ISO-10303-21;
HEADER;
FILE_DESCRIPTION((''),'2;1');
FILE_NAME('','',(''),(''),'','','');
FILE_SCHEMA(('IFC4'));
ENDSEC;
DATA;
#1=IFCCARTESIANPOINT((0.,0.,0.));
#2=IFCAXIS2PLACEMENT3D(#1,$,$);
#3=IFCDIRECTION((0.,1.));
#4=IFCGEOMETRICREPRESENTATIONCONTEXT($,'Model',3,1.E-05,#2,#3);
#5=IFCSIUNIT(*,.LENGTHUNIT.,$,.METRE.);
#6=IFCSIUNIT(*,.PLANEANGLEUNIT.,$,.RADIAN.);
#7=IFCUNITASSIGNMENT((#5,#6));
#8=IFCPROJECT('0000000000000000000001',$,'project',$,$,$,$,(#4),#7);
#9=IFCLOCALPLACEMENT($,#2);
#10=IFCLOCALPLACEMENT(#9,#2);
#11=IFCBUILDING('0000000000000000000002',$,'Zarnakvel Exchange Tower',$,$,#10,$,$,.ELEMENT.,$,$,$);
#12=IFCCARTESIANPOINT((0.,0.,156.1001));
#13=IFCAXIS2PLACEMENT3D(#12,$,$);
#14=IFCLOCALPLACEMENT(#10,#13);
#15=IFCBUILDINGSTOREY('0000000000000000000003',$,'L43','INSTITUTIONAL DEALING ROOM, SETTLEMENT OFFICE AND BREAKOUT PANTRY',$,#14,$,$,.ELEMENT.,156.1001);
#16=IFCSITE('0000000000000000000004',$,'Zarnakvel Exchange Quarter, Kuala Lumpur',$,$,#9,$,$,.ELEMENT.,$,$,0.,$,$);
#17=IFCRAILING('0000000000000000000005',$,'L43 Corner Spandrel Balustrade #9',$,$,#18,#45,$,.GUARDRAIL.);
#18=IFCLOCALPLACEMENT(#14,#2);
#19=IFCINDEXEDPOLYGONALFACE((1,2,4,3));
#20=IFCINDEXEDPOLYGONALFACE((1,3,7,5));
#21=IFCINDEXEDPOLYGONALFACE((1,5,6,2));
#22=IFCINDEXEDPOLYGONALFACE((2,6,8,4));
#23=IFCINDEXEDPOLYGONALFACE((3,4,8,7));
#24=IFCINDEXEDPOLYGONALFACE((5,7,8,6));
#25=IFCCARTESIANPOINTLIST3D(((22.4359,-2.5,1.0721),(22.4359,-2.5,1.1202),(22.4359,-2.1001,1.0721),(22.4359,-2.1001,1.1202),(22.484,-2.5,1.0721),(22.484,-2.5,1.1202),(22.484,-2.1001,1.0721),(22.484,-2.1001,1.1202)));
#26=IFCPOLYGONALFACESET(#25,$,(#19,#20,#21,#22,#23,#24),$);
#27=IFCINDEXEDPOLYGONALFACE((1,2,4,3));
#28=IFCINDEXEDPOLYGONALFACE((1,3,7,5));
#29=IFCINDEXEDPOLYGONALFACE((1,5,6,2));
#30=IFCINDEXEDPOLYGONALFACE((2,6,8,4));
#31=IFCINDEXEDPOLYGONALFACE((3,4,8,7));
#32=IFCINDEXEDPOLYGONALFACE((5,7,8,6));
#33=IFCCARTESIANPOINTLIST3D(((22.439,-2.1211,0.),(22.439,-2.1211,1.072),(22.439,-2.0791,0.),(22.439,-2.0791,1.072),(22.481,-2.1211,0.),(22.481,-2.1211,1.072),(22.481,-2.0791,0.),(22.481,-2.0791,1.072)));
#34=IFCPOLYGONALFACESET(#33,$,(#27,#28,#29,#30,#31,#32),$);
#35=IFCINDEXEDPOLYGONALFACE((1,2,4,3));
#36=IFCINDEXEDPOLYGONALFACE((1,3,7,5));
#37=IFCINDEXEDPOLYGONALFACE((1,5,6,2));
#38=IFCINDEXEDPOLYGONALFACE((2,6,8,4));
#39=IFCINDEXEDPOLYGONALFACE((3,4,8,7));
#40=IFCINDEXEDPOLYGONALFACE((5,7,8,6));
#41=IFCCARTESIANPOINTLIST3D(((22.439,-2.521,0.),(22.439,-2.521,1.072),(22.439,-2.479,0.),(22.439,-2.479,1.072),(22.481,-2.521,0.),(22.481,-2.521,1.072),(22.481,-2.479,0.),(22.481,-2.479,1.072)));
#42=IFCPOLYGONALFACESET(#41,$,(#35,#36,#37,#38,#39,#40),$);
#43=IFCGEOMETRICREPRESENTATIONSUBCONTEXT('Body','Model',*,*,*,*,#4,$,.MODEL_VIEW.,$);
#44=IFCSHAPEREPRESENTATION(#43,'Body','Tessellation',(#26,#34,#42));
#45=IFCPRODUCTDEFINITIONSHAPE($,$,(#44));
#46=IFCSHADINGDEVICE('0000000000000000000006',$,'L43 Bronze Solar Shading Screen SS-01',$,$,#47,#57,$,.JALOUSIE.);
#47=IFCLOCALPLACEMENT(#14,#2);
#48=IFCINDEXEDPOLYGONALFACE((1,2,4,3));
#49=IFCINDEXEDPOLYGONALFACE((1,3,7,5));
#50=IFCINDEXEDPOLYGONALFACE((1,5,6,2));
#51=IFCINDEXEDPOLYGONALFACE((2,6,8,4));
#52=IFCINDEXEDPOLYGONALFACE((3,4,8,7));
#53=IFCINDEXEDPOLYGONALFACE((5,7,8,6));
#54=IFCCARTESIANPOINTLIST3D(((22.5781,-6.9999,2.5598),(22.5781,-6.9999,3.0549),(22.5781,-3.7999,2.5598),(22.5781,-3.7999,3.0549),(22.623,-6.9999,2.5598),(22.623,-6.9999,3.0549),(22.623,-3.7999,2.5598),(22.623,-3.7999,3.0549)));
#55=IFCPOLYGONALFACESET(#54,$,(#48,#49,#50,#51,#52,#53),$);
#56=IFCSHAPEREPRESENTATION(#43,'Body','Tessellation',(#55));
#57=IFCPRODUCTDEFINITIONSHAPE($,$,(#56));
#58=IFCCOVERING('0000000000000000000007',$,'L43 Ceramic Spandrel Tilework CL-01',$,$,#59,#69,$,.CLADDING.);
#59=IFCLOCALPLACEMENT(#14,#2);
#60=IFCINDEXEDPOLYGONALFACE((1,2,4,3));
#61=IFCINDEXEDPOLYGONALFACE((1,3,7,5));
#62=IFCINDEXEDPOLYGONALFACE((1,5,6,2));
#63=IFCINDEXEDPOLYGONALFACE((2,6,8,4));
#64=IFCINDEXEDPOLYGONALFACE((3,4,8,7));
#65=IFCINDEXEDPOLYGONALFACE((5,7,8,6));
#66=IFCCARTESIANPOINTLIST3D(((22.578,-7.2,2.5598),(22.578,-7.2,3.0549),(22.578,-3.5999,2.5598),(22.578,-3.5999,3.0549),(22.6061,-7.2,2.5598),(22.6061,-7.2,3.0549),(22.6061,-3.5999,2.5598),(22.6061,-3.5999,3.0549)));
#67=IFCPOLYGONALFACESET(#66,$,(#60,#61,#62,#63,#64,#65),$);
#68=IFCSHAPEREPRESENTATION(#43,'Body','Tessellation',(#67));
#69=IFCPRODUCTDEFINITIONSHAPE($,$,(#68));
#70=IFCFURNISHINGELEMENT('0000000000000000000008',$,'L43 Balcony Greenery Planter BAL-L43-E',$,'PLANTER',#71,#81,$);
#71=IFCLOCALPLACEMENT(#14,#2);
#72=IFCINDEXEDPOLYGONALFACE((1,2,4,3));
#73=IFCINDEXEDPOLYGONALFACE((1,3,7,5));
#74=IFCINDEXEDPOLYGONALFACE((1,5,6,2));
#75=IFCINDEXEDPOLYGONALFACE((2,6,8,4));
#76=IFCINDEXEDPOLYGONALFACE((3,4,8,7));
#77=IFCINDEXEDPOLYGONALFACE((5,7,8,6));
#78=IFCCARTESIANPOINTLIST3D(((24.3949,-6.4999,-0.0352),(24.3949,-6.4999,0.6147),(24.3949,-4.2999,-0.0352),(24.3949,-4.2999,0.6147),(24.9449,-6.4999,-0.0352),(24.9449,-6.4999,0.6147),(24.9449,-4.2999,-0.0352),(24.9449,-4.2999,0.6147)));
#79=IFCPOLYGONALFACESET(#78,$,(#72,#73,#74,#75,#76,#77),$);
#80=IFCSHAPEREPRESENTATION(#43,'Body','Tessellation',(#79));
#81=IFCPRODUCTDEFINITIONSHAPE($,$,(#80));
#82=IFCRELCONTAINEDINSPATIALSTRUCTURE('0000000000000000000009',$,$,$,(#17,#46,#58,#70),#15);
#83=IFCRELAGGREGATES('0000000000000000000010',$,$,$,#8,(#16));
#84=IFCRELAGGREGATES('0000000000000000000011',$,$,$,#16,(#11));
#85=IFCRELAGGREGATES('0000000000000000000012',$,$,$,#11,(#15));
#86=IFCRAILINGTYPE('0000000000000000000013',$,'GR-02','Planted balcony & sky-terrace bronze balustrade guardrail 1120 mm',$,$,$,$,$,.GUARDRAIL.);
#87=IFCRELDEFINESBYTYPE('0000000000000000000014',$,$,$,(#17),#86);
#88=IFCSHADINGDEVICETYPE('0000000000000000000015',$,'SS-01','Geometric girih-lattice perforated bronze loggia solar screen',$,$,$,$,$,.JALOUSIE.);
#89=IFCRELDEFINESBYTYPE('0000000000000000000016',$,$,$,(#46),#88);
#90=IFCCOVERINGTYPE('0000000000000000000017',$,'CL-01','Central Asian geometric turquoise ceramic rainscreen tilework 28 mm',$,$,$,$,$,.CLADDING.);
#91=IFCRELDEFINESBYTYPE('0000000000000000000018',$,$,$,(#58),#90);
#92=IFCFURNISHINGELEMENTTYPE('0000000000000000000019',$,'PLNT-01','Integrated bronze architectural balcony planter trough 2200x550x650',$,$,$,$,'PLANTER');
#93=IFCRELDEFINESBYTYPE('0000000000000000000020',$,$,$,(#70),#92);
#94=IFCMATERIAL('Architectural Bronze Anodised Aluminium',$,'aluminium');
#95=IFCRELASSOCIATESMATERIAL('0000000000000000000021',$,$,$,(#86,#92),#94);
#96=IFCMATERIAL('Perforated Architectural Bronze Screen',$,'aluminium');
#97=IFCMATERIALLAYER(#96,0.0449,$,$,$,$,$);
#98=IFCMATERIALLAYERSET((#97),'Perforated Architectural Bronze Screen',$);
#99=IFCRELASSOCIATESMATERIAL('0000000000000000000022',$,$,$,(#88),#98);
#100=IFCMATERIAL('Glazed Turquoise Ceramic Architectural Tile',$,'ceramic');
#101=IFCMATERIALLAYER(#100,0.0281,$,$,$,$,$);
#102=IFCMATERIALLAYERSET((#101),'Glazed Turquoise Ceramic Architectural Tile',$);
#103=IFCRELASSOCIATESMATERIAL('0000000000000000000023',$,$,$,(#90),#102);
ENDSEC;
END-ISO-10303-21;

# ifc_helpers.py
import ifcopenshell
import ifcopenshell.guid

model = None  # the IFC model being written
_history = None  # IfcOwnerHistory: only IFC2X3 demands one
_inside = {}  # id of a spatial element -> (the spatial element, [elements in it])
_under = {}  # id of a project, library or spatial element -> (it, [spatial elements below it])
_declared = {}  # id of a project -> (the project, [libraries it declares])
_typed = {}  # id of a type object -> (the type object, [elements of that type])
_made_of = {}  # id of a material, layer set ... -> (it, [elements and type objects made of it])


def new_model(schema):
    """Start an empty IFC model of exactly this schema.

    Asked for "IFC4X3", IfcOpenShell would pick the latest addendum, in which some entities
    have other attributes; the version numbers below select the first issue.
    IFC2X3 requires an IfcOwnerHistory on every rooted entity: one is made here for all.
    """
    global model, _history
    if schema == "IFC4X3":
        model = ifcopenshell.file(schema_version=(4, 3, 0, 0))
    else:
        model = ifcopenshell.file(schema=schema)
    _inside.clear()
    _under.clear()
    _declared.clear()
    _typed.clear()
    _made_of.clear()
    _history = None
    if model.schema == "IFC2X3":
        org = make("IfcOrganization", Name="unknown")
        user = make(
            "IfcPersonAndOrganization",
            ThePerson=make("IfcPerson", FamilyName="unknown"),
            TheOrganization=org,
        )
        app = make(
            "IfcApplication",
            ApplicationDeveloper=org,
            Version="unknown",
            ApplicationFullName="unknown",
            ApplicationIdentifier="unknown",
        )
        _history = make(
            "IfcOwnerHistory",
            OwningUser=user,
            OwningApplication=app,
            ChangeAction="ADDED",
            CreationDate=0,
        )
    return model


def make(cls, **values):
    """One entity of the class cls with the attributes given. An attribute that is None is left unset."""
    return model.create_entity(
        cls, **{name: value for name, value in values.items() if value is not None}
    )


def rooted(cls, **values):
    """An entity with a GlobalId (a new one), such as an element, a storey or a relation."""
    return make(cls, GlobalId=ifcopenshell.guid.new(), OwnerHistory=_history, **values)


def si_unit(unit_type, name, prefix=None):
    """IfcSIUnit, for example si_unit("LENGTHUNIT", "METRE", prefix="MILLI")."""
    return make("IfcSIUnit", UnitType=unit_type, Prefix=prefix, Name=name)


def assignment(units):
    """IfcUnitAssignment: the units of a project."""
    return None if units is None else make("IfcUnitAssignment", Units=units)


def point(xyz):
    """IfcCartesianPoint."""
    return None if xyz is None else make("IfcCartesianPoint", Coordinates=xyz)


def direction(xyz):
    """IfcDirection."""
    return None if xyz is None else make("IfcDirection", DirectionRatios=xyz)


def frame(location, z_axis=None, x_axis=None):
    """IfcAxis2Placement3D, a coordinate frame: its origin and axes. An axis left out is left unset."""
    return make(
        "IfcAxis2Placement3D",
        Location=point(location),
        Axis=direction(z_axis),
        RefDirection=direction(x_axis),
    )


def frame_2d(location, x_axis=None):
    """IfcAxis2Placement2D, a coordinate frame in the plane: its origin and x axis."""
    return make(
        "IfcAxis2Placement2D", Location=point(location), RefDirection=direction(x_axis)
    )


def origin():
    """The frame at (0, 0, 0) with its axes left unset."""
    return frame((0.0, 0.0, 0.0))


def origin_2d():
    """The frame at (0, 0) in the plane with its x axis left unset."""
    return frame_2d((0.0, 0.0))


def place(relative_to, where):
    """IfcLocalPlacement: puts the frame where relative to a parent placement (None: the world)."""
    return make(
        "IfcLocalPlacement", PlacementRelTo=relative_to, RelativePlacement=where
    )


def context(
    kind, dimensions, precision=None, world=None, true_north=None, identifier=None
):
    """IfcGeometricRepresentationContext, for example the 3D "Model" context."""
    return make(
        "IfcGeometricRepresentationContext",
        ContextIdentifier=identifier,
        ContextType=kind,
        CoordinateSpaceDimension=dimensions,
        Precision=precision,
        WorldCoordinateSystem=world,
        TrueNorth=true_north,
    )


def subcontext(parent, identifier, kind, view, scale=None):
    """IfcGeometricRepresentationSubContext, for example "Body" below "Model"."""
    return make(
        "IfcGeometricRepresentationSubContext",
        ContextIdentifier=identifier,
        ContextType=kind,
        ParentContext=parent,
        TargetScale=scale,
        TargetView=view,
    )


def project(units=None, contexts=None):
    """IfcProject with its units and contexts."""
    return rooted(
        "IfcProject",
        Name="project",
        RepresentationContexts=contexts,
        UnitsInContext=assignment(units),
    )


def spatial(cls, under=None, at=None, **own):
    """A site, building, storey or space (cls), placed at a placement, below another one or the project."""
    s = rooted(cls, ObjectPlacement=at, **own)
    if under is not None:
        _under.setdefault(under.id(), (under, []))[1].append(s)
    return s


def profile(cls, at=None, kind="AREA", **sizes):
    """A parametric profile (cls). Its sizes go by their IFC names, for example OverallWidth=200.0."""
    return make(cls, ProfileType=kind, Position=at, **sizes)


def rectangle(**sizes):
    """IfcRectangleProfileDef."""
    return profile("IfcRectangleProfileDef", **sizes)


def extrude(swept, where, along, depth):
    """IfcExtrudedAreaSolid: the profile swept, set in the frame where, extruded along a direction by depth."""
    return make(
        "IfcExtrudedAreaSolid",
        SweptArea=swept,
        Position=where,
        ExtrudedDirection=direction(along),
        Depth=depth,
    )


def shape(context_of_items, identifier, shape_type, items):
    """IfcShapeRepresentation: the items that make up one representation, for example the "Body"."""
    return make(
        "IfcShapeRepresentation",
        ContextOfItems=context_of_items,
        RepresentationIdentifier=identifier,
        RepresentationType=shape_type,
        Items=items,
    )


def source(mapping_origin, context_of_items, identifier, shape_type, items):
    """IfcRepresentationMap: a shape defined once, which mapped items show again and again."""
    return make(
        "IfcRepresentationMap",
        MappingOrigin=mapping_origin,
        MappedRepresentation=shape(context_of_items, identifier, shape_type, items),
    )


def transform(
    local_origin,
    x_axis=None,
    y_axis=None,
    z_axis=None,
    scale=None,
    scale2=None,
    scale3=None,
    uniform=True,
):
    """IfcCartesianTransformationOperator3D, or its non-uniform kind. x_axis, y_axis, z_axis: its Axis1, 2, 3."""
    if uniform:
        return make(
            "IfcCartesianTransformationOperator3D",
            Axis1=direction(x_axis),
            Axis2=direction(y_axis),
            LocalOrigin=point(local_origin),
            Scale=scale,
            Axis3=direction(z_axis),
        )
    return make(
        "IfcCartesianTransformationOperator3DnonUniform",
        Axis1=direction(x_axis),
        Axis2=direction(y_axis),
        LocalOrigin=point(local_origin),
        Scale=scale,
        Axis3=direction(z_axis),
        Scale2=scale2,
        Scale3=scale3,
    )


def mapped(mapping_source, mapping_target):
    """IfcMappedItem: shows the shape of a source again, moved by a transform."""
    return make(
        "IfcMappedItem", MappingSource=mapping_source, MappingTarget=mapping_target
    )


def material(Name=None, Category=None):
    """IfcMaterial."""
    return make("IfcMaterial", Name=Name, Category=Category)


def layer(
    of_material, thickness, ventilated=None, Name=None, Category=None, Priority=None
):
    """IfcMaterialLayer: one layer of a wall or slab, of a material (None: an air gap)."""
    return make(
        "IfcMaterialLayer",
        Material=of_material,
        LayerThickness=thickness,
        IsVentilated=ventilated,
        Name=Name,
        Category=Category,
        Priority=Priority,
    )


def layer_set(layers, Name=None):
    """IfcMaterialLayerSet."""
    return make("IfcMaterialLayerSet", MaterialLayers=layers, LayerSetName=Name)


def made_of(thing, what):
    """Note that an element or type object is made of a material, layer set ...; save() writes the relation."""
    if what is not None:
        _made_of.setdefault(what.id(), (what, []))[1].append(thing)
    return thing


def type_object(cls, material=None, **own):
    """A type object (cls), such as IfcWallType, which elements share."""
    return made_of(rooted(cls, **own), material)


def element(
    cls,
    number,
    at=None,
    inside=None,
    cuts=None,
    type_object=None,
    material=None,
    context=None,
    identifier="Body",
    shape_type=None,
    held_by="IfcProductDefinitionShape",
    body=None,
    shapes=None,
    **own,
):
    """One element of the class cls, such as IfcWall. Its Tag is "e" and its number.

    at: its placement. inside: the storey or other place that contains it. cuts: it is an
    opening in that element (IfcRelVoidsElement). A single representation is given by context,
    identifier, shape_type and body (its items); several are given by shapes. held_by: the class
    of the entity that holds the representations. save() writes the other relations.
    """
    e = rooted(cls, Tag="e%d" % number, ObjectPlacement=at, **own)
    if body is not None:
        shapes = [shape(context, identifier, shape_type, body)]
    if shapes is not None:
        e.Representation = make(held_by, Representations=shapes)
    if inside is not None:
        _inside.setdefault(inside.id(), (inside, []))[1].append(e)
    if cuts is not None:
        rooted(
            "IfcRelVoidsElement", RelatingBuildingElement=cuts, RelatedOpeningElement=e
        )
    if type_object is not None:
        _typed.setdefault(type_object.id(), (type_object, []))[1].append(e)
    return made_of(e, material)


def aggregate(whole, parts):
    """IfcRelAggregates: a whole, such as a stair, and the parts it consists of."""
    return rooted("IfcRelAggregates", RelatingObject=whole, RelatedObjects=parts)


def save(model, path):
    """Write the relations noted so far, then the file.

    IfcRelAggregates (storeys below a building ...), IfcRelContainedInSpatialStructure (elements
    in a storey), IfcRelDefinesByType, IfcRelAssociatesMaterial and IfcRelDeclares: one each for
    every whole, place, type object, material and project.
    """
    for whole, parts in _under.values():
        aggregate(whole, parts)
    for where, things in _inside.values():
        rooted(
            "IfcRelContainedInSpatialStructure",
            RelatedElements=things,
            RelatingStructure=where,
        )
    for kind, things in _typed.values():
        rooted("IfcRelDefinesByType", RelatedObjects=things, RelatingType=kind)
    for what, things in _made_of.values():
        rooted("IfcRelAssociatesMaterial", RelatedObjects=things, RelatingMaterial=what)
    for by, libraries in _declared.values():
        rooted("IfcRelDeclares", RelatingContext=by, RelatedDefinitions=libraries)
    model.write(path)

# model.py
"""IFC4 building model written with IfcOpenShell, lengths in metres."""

from ifc_helpers import new_model, si_unit, direction, frame, origin, origin_2d, place, context, subcontext, project, spatial, rectangle, extrude, source, transform, mapped, material, layer, layer_set, type_object, element, save


model = new_model("IFC4")

# Units and contexts
model_context = context("Model", 3, precision=1e-05, world=origin(), true_north=direction((0.0, 1.0)))
body_context = subcontext(model_context, "Body", "Model", "MODEL_VIEW")
ifc_project = project(units=[si_unit("LENGTHUNIT", "METRE"), si_unit("PLANEANGLEUNIT", "RADIAN")], contexts=[model_context])

# Site, building, storey
site_placement = place(None, origin())
site = spatial("IfcSite", under=ifc_project, at=site_placement, Name="Zarnakvel Exchange Quarter, Kuala Lumpur", CompositionType="ELEMENT", RefElevation=0.0)
building_placement = place(site_placement, origin())
building = spatial("IfcBuilding", under=site, at=building_placement, Name="Zarnakvel Exchange Tower", CompositionType="ELEMENT")
storey_placement = place(building_placement, frame((0.0, 0.0, 156.1001)))
storey = spatial("IfcBuildingStorey", under=building, at=storey_placement, Name="L43", Description="INSTITUTIONAL DEALING ROOM, SETTLEMENT OFFICE AND BREAKOUT PANTRY", CompositionType="ELEMENT", Elevation=156.1001)

# Shared definitions
ifc_material_1 = material(Name="Architectural Bronze Anodised Aluminium", Category="aluminium")

# Railing
railing_type = type_object("IfcRailingType", Name="GR-02", Description="Planted balcony & sky-terrace bronze balustrade guardrail 1120 mm", PredefinedType="GUARDRAIL", material=ifc_material_1)
railing_placement = place(storey_placement, frame((22.46, -2.1001, 0.0)))
element("IfcRailing", 1, at=railing_placement, inside=storey, type_object=railing_type, Name="L43 Corner Spandrel Balustrade #9", PredefinedType="GUARDRAIL", context=body_context, shape_type="SweptSolid", body=[
    extrude(rectangle(XDim=0.0481, YDim=0.0481, at=origin_2d()), frame((0.0, 0.0, 1.0962), z_axis=(0.0, -1.0, 0.0), x_axis=(1.0, 0.0, 0.0)), (0.0, 0.0, 1.0), 0.3999),
    extrude(rectangle(XDim=0.042, YDim=0.042, at=origin_2d()), origin(), (0.0, 0.0, 1.0), 1.072),
    extrude(rectangle(XDim=0.042, YDim=0.042, at=origin_2d()), frame((0.0, -0.3999, 0.0)), (0.0, 0.0, 1.0), 1.072),
])

# Shading device
ifc_material_2 = material(Name="Perforated Architectural Bronze Screen", Category="aluminium")
ifc_layer_1 = layer(ifc_material_2, 0.0449)
ifc_layer_set_1 = layer_set([ifc_layer_1], Name="Perforated Architectural Bronze Screen")
shading_device_type = type_object("IfcShadingDeviceType", Name="SS-01", Description="Geometric girih-lattice perforated bronze loggia solar screen", PredefinedType="JALOUSIE", material=ifc_layer_set_1)
shared_shape_1 = source(origin(), body_context, "Body", "SweptSolid", [
    extrude(rectangle(XDim=3.2, YDim=0.0449, at=origin_2d()), origin(), (0.0, 0.0, 1.0), 0.4951),
])
shading_device_placement = place(storey_placement, frame((22.6006, -5.3999, 2.5598), z_axis=(0.0, 0.0, 1.0), x_axis=(0.0, -1.0, 0.0)))
element("IfcShadingDevice", 2, at=shading_device_placement, inside=storey, type_object=shading_device_type, Name="L43 Bronze Solar Shading Screen SS-01", PredefinedType="JALOUSIE", context=body_context, shape_type="MappedRepresentation", body=[
    mapped(shared_shape_1, transform((0.0, 0.0, 0.0), x_axis=(1.0, 0.0, 0.0), y_axis=(0.0, 1.0, 0.0), z_axis=(0.0, 0.0, 1.0), scale=1.0)),
])

# Covering
ifc_material_3 = material(Name="Glazed Turquoise Ceramic Architectural Tile", Category="ceramic")
ifc_layer_2 = layer(ifc_material_3, 0.0281)
ifc_layer_set_2 = layer_set([ifc_layer_2], Name="Glazed Turquoise Ceramic Architectural Tile")
covering_type = type_object("IfcCoveringType", Name="CL-01", Description="Central Asian geometric turquoise ceramic rainscreen tilework 28 mm", PredefinedType="CLADDING", material=ifc_layer_set_2)
shared_shape_2 = source(origin(), body_context, "Body", "SweptSolid", [
    extrude(rectangle(XDim=3.6001, YDim=0.0281, at=origin_2d()), origin(), (0.0, 0.0, 1.0), 0.4951),
])
covering_placement = place(storey_placement, frame((22.592, -5.3999, 2.5598), z_axis=(0.0, 0.0, 1.0), x_axis=(0.0, -1.0, 0.0)))
element("IfcCovering", 3, at=covering_placement, inside=storey, type_object=covering_type, Name="L43 Ceramic Spandrel Tilework CL-01", PredefinedType="CLADDING", context=body_context, shape_type="MappedRepresentation", body=[
    mapped(shared_shape_2, transform((0.0, 0.0, 0.0), x_axis=(1.0, 0.0, 0.0), y_axis=(0.0, 1.0, 0.0), z_axis=(0.0, 0.0, 1.0), scale=1.0)),
])

# Furnishing element
furnishing_element_type = type_object("IfcFurnishingElementType", Name="PLNT-01", Description="Integrated bronze architectural balcony planter trough 2200x550x650", ElementType="PLANTER", material=ifc_material_1)
shared_shape_3 = source(origin(), body_context, "Body", "SweptSolid", [
    extrude(rectangle(XDim=2.2, YDim=0.55, at=origin_2d()), origin(), (0.0, 0.0, 1.0), 0.6499),
])
furnishing_placement = place(storey_placement, frame((24.6699, -5.3999, -0.0352), z_axis=(0.0, 0.0, 1.0), x_axis=(0.0, 1.0, 0.0)))
element("IfcFurnishingElement", 4, at=furnishing_placement, inside=storey, type_object=furnishing_element_type, Name="L43 Balcony Greenery Planter BAL-L43-E", ObjectType="PLANTER", context=body_context, shape_type="MappedRepresentation", body=[
    mapped(shared_shape_3, transform((0.0, 0.0, 0.0), x_axis=(1.0, 0.0, 0.0), y_axis=(0.0, 1.0, 0.0), z_axis=(0.0, 0.0, 1.0), scale=1.0)),
])

save(model, "model.ifc")
